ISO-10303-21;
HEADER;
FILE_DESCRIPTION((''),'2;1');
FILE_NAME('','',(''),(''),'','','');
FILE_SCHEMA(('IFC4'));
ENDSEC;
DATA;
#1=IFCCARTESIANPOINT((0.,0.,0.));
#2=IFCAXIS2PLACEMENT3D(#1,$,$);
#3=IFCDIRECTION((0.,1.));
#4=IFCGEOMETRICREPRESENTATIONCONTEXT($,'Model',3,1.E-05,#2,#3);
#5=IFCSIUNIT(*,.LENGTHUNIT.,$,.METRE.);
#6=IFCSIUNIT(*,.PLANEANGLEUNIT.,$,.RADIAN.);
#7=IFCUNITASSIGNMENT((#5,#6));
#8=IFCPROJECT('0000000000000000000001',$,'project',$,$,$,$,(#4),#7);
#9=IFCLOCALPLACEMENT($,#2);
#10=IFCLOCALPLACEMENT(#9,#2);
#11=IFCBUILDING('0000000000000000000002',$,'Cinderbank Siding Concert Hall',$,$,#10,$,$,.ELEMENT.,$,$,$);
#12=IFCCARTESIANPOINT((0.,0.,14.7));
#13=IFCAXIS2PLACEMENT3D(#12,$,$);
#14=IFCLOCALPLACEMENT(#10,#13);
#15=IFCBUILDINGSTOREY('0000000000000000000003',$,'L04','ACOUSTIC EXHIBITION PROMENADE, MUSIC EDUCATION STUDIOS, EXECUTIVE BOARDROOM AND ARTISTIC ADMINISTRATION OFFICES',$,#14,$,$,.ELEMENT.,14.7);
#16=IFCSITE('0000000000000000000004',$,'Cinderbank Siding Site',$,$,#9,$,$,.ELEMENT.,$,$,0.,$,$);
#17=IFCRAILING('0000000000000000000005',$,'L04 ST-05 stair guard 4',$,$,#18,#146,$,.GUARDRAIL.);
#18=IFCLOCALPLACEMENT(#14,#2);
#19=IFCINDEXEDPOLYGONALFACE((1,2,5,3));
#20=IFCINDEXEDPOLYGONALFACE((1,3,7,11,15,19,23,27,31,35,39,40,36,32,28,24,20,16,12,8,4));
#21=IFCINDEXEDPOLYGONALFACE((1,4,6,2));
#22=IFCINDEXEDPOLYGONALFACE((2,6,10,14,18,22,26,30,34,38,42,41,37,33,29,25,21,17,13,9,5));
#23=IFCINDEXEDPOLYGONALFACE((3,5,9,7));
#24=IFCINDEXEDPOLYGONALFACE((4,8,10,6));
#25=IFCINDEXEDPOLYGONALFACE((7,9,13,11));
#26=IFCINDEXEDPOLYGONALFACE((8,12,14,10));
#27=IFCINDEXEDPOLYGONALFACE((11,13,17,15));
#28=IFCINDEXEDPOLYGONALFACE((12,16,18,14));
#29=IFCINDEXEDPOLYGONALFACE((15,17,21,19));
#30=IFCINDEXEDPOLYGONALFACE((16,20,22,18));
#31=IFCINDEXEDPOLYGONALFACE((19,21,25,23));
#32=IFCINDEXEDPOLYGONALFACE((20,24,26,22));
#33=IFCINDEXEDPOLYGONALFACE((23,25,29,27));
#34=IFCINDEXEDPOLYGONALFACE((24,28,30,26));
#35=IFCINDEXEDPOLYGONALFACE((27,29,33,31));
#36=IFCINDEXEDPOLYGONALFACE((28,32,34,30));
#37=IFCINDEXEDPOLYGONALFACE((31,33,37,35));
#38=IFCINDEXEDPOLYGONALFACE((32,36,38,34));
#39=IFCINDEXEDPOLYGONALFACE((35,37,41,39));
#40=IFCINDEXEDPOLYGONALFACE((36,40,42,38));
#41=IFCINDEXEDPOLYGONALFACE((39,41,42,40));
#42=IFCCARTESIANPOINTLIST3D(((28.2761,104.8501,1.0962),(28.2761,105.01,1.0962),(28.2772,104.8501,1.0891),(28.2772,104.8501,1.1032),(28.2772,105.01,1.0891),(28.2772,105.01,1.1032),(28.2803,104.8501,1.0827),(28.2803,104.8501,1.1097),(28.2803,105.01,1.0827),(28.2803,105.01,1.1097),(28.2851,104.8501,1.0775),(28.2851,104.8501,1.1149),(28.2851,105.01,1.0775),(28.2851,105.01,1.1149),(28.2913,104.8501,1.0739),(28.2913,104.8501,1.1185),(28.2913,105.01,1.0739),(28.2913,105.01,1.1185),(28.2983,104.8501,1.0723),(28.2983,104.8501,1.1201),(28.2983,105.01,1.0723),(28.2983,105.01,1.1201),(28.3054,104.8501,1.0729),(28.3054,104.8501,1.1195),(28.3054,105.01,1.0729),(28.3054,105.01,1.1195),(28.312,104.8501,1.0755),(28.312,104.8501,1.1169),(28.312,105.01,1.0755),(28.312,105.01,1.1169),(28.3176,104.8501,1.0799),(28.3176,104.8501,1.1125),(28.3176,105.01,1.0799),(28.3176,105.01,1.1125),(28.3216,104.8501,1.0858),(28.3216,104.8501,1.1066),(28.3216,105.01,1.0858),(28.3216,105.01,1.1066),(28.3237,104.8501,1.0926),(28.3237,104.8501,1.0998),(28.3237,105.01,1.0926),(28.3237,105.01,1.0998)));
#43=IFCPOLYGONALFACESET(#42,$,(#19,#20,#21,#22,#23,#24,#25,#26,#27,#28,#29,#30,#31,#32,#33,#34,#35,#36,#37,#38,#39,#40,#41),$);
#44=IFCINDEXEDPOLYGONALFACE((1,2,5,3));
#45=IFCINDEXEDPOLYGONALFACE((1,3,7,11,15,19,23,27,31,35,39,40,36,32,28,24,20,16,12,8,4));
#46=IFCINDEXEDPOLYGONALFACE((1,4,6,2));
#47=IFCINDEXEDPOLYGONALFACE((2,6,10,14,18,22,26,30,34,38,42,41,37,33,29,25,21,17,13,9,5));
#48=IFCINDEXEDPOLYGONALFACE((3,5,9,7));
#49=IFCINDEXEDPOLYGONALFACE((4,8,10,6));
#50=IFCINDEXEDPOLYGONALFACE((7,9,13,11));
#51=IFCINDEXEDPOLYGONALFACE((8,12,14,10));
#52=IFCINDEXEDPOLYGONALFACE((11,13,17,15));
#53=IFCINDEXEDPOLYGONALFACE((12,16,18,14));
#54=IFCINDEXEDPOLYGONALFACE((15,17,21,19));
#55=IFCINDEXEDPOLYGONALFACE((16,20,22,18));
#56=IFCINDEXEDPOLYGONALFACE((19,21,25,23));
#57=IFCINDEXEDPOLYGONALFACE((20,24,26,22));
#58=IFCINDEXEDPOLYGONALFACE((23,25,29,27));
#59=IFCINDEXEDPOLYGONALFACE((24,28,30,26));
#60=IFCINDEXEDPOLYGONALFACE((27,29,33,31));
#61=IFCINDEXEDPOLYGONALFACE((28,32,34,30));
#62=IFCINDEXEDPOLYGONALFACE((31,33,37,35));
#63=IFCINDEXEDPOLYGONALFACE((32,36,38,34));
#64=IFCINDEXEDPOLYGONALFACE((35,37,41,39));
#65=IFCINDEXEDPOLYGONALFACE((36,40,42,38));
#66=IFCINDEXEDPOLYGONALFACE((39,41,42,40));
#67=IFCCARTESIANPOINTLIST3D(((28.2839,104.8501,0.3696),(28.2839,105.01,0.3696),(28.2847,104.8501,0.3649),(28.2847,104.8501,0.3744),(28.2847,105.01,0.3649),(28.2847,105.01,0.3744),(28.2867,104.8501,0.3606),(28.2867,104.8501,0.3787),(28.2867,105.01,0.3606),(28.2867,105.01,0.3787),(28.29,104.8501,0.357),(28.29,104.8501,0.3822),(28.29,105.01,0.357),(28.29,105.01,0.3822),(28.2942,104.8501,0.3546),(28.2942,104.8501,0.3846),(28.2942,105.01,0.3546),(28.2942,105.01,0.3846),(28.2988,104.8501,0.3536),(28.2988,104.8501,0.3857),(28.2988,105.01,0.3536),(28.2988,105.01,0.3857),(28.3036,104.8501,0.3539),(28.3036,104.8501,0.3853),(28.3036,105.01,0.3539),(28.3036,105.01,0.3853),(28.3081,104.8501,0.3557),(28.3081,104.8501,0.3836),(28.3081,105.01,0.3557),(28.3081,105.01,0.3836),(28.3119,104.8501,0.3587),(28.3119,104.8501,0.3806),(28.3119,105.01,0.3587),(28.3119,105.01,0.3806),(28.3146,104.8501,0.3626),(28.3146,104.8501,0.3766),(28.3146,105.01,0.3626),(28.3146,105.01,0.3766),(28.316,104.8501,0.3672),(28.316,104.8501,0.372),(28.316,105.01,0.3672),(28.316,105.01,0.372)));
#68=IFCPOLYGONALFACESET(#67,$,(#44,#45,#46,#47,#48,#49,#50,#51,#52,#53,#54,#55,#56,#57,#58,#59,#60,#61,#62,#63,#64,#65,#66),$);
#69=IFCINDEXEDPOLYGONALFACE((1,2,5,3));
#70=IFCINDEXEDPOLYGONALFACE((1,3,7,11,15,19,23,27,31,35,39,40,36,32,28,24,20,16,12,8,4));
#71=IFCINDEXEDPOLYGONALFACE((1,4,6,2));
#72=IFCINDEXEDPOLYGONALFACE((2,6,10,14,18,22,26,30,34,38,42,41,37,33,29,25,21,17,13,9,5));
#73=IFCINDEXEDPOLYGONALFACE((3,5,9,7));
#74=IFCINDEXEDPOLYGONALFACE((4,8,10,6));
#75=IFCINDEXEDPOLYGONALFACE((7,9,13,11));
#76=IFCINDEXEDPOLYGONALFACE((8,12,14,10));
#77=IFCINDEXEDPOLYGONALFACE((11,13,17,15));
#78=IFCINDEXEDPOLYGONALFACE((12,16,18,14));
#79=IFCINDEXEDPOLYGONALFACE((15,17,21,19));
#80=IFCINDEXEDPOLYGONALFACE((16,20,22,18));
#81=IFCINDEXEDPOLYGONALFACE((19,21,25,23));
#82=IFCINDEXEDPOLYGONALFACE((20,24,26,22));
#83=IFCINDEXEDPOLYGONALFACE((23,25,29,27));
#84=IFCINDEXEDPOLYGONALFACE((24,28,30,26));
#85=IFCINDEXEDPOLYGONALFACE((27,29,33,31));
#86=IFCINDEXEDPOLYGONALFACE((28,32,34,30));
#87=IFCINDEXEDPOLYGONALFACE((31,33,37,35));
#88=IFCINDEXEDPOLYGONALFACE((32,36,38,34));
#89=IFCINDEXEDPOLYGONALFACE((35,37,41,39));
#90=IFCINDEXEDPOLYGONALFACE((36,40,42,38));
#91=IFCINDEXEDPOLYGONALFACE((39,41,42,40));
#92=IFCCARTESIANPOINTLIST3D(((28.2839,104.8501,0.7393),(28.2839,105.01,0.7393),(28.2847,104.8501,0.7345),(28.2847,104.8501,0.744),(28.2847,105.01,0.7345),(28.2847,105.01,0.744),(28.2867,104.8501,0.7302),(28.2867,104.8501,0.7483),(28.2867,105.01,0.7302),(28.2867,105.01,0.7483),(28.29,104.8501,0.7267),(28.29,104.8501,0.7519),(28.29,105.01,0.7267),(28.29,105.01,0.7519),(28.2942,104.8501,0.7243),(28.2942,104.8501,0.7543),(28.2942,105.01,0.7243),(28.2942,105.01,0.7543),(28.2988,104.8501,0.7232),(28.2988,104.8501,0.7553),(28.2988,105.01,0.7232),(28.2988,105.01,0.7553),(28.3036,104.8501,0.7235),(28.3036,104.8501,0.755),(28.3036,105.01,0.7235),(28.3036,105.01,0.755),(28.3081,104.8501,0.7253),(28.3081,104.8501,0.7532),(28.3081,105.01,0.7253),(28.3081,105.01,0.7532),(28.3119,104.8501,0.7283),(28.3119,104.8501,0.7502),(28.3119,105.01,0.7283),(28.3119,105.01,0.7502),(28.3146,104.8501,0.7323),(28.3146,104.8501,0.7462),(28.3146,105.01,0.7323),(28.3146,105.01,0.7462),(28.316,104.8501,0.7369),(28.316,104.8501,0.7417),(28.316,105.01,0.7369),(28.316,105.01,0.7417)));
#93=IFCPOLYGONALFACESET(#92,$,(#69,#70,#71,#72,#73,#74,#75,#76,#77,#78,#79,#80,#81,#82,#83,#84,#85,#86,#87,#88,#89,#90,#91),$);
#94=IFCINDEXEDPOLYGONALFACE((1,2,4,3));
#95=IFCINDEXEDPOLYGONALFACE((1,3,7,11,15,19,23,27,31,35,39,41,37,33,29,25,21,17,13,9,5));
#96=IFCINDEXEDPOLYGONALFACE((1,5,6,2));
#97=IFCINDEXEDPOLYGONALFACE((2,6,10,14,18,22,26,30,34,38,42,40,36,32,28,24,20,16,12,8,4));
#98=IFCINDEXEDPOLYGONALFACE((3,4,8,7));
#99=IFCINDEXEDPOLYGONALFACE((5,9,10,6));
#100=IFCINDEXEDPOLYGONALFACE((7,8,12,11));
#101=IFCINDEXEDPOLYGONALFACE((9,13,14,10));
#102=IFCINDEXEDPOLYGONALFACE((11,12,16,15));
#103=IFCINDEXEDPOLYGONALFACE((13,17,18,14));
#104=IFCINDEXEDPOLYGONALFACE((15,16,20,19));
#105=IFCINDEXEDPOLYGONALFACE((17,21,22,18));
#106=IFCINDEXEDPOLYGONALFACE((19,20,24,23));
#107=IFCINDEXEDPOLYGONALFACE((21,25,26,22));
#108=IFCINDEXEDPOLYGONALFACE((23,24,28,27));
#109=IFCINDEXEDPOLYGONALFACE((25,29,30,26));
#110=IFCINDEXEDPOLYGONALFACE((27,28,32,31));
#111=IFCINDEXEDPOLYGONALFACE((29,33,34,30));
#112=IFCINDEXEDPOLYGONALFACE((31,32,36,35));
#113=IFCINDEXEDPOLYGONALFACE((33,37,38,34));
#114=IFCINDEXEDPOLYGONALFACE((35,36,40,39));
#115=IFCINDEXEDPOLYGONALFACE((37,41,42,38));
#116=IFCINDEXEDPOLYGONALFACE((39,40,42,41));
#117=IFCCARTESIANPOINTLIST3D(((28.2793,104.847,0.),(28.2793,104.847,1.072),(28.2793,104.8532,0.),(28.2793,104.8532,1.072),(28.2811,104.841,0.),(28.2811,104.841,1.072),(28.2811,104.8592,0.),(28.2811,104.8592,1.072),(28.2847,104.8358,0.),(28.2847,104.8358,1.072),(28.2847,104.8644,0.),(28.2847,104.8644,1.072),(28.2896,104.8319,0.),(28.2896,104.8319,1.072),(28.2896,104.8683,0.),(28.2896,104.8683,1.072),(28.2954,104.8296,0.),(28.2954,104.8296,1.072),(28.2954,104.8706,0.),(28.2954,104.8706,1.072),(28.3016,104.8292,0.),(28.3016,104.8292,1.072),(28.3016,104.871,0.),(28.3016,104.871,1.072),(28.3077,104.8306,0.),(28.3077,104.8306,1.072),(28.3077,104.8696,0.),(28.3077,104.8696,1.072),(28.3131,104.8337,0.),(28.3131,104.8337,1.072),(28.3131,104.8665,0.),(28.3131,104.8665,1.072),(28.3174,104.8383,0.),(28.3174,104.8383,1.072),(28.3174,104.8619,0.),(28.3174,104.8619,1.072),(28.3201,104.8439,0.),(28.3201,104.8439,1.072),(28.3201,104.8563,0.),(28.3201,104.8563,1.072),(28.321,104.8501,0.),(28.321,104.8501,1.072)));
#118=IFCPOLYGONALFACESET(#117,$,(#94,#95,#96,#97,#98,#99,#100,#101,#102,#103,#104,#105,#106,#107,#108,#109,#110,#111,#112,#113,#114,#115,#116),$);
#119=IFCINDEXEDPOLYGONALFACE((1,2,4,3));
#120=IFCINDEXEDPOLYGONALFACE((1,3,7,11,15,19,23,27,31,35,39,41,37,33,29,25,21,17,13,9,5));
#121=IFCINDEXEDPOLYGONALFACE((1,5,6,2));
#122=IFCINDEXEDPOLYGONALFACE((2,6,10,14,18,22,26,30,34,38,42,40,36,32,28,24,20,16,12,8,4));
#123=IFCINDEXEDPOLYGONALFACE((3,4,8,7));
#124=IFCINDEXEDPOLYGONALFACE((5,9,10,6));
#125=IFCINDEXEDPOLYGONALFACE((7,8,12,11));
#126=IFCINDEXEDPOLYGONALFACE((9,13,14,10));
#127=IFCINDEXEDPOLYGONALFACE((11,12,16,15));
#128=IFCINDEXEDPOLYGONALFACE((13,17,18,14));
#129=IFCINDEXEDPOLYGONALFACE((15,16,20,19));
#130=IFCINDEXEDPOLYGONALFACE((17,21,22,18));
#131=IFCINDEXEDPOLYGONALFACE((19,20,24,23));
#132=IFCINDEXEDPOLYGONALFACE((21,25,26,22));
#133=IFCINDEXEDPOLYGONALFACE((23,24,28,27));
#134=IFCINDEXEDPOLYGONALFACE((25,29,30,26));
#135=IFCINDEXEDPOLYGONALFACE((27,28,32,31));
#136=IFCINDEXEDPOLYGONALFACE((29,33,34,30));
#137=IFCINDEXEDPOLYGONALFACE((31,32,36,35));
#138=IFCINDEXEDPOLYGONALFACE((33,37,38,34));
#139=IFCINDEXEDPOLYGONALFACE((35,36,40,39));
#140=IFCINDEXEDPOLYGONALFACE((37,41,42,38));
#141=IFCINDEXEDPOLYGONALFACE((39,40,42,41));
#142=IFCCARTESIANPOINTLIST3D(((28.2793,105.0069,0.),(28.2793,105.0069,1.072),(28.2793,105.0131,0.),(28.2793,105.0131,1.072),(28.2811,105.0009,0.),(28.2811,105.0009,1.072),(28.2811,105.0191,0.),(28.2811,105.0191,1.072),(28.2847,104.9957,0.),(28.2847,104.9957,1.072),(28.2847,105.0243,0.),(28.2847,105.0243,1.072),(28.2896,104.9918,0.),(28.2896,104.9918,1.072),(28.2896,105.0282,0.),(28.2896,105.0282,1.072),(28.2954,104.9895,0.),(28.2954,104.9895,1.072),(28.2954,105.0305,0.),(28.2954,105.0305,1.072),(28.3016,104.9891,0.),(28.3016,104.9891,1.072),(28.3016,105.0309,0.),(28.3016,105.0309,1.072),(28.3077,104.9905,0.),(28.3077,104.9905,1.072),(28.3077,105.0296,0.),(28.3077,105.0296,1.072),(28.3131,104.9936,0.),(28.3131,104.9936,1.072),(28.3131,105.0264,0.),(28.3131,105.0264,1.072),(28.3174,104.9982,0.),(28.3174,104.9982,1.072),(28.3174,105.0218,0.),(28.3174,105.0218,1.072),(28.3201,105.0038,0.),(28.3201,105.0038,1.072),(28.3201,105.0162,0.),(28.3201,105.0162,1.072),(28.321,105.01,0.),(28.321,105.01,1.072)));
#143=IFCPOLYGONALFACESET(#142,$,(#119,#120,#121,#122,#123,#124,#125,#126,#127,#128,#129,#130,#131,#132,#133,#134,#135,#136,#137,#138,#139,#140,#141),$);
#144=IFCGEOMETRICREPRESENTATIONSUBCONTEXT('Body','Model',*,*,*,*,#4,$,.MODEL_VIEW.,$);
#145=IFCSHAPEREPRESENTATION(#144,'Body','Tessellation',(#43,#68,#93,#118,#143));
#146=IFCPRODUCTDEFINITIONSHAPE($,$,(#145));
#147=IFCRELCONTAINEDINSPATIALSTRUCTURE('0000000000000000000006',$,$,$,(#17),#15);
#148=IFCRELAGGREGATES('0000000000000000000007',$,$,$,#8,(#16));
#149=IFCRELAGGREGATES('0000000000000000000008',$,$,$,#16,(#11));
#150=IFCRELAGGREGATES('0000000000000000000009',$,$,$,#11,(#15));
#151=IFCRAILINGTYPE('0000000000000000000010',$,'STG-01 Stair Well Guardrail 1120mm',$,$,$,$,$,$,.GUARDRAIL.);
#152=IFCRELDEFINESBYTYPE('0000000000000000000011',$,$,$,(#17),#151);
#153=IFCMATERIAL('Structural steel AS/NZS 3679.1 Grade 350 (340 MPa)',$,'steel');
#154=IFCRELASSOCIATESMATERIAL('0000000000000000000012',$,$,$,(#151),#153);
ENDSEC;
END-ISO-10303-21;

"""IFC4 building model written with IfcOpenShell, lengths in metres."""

from ifc_helpers import new_model, si_unit, direction, frame, origin, origin_2d, place, context, subcontext, project, spatial, circle, extrude, material, type_object, element, save


model = new_model("IFC4")

# Units and contexts
model_context = context("Model", 3, precision=1e-05, world=origin(), true_north=direction((0.0, 1.0)))
body_context = subcontext(model_context, "Body", "Model", "MODEL_VIEW")
ifc_project = project(units=[si_unit("LENGTHUNIT", "METRE"), si_unit("PLANEANGLEUNIT", "RADIAN")], contexts=[model_context])

# Site, building, storey
site_placement = place(None, origin())
site = spatial("IfcSite", under=ifc_project, at=site_placement, Name="Cinderbank Siding Site", CompositionType="ELEMENT", RefElevation=0.0)
building_placement = place(site_placement, origin())
building = spatial("IfcBuilding", under=site, at=building_placement, Name="Cinderbank Siding Concert Hall", CompositionType="ELEMENT")
storey_placement = place(building_placement, frame((0.0, 0.0, 14.7)))
storey = spatial("IfcBuildingStorey", under=building, at=storey_placement, Name="L04", Description="ACOUSTIC EXHIBITION PROMENADE, MUSIC EDUCATION STUDIOS, EXECUTIVE BOARDROOM AND ARTISTIC ADMINISTRATION OFFICES", CompositionType="ELEMENT", Elevation=14.7)

# Shared definitions
ifc_material_1 = material(Name="Structural steel AS/NZS 3679.1 Grade 350 (340 MPa)", Category="steel")

# Railing
railing_type_1 = type_object("IfcRailingType", Name="STG-01 Stair Well Guardrail 1120mm", PredefinedType="GUARDRAIL", material=ifc_material_1)
railing_1_placement = place(storey_placement, frame((28.3, 104.8501, 0.0)))
element("IfcRailing", 1, at=railing_1_placement, inside=storey, type_object=railing_type_1, Name="L04 ST-05 stair guard 4", PredefinedType="GUARDRAIL", context=body_context, shape_type="SweptSolid", body=[
    extrude(circle(Radius=0.0239, at=origin_2d()), frame((0.0, 0.0, 1.0962), z_axis=(0.0, 1.0, 0.0), x_axis=(-1.0, 0.0, 0.0)), (0.0, 0.0, 1.0), 0.1599),
    extrude(circle(Radius=0.0161, at=origin_2d()), frame((0.0, 0.0, 0.3696), z_axis=(0.0, 1.0, 0.0), x_axis=(-1.0, 0.0, 0.0)), (0.0, 0.0, 1.0), 0.1599),
    extrude(circle(Radius=0.0161, at=origin_2d()), frame((0.0, 0.0, 0.7393), z_axis=(0.0, 1.0, 0.0), x_axis=(-1.0, 0.0, 0.0)), (0.0, 0.0, 1.0), 0.1599),
    extrude(circle(Radius=0.021, at=origin_2d()), origin(), (0.0, 0.0, 1.0), 1.072),
    extrude(circle(Radius=0.021, at=origin_2d()), frame((0.0, 0.1599, 0.0)), (0.0, 0.0, 1.0), 1.072),
])

save(model, "model.ifc")
